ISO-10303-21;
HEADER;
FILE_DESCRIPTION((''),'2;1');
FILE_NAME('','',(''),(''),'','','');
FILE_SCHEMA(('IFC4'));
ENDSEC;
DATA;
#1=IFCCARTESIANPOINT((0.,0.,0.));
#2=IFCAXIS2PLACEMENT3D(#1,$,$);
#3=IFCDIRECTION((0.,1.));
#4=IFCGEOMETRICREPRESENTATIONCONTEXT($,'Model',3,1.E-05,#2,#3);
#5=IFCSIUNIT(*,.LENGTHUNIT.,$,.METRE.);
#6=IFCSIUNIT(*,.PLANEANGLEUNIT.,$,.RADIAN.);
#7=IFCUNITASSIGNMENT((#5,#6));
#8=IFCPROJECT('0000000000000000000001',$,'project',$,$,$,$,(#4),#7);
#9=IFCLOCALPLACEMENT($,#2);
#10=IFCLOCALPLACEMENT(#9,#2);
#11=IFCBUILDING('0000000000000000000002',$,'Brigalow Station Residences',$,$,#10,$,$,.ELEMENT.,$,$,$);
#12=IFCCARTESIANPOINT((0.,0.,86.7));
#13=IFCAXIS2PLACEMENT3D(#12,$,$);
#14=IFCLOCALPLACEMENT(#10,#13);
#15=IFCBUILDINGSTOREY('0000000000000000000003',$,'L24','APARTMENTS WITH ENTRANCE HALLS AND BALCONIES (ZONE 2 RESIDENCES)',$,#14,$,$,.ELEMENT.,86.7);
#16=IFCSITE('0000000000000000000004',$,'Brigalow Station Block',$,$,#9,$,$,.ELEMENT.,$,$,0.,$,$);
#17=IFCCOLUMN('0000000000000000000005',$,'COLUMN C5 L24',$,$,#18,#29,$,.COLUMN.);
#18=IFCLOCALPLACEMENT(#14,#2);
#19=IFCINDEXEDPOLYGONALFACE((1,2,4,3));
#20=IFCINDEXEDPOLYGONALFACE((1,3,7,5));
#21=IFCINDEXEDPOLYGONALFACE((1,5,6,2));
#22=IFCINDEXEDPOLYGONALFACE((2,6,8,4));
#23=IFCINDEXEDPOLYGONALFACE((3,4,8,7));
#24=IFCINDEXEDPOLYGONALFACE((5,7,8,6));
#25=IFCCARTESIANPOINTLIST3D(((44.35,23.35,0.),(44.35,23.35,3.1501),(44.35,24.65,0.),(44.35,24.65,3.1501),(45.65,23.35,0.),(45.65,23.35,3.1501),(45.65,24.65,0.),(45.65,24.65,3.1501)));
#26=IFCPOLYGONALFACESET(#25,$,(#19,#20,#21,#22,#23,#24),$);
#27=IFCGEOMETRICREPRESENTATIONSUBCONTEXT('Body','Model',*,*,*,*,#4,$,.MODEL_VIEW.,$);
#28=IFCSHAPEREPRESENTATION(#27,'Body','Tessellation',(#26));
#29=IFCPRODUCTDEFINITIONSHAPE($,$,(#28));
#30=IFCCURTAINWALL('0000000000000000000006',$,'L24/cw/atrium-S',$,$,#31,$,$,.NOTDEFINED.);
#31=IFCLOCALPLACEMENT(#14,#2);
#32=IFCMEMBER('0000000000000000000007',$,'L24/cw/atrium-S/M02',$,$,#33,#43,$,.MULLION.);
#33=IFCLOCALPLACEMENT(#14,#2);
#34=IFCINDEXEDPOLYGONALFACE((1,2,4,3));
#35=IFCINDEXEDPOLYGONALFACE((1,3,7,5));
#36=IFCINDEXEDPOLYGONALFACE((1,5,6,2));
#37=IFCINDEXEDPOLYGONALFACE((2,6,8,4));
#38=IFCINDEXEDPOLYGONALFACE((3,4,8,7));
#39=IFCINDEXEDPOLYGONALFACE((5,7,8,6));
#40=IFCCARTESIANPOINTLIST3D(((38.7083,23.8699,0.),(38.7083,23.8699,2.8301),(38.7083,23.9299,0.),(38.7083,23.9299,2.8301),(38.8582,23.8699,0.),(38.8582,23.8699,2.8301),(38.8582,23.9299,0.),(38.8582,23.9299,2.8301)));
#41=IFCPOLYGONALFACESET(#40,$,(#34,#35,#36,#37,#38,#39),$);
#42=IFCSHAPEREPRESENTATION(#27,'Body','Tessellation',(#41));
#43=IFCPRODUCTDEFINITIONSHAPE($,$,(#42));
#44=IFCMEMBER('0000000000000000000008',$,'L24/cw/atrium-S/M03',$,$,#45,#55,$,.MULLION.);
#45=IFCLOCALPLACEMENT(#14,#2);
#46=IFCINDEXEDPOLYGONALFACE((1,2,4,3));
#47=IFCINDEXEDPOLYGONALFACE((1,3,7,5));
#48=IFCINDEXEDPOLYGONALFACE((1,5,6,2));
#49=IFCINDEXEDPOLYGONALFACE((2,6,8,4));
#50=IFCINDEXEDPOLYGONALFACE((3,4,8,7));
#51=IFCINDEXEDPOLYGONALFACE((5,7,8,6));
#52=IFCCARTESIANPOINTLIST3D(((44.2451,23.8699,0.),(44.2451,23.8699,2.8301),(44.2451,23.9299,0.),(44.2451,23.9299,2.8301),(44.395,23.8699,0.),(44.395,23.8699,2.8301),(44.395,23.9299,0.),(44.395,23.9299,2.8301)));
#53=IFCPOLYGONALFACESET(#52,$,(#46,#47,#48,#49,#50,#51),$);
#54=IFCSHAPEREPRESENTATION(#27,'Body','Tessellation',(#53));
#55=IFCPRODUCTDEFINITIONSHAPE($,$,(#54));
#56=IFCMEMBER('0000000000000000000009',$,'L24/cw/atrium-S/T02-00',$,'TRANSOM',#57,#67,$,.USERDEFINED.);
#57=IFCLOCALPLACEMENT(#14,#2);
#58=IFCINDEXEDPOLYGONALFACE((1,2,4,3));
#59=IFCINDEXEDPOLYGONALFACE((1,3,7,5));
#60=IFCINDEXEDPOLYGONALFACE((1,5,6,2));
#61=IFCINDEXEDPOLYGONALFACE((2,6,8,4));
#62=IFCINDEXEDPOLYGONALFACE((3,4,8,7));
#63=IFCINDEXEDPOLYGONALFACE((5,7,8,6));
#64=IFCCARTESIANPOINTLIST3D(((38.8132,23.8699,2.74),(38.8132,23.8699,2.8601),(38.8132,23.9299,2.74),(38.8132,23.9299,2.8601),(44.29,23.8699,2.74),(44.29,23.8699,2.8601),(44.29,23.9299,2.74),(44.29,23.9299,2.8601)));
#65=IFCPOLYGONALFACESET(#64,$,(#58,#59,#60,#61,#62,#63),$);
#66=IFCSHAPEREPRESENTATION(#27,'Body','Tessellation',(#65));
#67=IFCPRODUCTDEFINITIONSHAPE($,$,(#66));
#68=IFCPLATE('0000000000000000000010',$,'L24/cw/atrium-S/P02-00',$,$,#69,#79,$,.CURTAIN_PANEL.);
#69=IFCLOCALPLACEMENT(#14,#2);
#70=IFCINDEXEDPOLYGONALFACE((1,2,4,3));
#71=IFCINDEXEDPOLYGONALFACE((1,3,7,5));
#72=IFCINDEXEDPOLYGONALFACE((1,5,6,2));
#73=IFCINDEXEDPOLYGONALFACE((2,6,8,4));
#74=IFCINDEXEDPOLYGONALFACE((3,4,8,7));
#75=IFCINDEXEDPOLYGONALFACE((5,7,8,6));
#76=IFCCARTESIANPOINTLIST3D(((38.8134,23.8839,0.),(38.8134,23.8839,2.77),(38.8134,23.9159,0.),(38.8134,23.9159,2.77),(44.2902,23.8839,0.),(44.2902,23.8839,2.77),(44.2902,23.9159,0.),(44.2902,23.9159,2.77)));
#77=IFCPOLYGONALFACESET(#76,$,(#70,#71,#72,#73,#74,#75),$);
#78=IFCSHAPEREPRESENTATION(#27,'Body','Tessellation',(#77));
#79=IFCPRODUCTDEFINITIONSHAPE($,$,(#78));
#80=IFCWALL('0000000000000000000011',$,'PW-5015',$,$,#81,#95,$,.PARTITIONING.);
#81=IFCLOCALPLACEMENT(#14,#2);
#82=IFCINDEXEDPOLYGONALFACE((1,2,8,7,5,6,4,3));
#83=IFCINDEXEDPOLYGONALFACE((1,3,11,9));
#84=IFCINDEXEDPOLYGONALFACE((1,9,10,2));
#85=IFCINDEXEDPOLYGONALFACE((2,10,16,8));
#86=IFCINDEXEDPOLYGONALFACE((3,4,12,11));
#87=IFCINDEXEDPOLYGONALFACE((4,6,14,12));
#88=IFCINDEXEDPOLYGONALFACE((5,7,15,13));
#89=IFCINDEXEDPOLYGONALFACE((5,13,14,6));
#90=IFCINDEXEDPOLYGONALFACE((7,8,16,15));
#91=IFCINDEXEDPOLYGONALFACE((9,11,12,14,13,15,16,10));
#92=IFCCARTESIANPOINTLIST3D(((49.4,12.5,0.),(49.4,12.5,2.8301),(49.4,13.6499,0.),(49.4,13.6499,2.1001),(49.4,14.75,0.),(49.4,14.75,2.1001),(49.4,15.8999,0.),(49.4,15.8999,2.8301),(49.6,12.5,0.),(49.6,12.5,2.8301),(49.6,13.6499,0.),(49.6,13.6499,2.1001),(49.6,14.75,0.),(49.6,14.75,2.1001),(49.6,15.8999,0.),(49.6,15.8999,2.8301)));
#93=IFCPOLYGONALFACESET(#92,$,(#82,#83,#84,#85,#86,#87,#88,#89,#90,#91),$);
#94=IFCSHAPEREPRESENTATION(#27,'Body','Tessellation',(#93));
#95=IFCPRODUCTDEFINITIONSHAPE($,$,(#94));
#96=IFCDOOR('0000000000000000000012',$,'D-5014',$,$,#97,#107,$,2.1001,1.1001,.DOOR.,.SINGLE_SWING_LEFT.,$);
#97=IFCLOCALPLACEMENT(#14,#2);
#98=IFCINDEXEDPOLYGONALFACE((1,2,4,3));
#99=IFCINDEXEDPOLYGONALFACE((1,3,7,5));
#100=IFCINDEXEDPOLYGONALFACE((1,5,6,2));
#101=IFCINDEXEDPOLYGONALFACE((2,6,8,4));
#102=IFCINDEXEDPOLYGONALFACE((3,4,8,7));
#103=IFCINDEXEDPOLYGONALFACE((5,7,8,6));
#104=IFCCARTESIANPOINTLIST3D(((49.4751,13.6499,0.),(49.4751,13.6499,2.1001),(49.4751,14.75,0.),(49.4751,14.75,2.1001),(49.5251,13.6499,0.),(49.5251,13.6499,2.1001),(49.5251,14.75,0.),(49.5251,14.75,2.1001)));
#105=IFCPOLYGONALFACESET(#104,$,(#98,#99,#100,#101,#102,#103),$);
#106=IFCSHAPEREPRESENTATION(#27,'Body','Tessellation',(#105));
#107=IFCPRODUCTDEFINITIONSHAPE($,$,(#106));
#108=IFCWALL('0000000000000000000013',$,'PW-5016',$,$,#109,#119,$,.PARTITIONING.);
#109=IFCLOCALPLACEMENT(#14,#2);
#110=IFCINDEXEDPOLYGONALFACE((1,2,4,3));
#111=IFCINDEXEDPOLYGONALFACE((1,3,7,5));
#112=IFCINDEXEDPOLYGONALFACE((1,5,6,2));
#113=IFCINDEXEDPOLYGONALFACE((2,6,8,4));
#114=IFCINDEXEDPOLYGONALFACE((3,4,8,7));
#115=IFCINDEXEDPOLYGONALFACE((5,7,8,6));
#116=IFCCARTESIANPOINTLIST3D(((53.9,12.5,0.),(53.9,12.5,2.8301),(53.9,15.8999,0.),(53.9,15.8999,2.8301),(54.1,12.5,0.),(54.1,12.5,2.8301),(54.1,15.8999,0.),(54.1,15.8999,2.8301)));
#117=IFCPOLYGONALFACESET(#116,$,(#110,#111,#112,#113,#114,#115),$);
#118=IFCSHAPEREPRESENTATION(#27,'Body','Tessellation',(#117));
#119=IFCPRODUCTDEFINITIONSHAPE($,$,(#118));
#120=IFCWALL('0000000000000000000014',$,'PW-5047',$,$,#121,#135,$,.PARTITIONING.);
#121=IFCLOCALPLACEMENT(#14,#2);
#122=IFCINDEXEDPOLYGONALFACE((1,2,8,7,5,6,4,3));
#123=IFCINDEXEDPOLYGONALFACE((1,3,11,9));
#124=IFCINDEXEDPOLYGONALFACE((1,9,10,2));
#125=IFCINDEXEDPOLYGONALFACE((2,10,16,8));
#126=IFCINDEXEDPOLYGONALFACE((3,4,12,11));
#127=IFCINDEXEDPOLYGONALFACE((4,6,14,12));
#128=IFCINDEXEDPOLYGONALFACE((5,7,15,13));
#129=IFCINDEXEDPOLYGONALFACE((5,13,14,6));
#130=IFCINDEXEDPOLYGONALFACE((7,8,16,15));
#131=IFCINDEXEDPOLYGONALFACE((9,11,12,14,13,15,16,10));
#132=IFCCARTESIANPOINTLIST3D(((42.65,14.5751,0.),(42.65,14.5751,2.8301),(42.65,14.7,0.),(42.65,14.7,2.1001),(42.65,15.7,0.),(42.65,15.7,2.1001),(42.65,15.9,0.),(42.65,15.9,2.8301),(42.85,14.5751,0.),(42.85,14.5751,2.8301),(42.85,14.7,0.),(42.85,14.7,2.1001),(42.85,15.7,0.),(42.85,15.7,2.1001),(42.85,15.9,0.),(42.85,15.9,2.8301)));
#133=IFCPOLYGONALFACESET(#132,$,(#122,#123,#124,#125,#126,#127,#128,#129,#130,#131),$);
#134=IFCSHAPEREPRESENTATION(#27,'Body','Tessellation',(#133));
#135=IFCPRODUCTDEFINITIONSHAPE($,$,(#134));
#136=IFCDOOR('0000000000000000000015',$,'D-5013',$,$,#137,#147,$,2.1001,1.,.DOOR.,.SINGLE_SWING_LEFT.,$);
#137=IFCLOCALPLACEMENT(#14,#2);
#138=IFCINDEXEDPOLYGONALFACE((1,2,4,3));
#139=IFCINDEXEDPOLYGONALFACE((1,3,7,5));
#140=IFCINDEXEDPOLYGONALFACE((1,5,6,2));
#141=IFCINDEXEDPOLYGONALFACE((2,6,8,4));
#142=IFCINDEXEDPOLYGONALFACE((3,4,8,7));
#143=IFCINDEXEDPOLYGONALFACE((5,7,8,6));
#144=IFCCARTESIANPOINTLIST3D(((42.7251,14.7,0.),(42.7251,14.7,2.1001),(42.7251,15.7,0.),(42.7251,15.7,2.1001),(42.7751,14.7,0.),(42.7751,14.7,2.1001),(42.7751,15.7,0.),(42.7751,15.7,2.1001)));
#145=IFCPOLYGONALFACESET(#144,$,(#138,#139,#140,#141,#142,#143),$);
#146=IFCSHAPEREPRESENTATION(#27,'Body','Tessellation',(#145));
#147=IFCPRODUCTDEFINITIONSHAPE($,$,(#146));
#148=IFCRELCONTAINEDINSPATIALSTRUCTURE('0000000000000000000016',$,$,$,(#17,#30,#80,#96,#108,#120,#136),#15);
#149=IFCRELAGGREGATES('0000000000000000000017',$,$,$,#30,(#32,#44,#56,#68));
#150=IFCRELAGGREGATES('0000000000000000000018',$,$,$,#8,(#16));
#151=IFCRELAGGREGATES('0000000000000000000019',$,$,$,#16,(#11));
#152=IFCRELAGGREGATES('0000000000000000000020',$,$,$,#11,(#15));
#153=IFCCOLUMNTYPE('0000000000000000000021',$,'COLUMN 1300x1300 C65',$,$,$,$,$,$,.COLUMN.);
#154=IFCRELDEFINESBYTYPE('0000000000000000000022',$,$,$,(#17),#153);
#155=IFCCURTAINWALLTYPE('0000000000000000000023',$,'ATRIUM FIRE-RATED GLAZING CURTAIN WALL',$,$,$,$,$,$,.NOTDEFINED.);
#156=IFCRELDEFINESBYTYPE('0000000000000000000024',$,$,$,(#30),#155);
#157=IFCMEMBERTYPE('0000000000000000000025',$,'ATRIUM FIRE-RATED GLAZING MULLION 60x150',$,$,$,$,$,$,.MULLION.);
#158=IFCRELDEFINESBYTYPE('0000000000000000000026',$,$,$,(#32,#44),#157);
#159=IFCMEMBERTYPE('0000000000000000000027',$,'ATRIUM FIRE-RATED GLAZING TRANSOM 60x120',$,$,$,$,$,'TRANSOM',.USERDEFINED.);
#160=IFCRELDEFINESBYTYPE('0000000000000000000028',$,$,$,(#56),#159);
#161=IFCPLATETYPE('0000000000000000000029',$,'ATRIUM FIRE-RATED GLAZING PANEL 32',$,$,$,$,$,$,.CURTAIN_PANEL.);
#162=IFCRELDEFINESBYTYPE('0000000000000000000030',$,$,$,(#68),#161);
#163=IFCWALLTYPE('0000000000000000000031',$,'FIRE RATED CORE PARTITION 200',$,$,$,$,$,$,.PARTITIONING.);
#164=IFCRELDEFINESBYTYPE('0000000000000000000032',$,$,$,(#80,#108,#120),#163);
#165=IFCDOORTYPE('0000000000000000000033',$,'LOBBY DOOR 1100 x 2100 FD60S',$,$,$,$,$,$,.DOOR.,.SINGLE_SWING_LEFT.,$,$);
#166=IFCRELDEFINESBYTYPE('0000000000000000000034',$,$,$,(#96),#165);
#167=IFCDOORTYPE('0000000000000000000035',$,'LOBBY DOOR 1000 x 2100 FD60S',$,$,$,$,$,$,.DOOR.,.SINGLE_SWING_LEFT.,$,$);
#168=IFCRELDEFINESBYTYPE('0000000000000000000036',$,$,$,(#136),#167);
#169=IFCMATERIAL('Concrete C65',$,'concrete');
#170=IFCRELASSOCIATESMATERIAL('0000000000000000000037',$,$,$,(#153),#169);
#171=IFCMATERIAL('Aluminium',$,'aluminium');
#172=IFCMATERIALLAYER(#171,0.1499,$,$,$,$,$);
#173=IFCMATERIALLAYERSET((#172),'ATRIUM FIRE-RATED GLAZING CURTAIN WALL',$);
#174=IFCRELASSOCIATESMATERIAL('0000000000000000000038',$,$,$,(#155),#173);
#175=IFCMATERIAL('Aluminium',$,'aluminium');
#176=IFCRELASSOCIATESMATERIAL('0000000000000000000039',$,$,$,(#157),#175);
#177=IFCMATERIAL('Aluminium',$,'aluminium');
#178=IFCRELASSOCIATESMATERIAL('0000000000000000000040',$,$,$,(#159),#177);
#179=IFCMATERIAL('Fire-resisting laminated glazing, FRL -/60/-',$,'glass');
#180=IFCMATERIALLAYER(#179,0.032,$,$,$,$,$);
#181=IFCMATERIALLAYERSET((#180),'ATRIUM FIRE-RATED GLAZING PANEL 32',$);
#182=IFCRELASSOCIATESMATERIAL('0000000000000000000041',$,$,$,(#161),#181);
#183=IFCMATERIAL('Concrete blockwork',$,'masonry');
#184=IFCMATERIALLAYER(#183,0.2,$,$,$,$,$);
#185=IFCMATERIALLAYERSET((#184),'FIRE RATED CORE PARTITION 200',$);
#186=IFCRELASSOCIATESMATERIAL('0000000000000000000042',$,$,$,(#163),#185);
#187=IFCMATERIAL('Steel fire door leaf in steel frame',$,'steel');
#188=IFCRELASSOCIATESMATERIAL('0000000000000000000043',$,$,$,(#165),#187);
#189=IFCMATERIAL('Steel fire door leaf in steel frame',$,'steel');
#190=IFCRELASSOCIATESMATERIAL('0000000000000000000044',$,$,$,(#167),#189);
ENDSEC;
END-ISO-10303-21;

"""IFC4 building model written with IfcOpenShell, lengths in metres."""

from ifc_helpers import new_model, si_unit, direction, frame, frame_2d, origin, origin_2d, place, context, subcontext, project, spatial, rectangle, extrude, material, layer, layer_set, material_profile, profile_set, type_object, element, fill, aggregate, save


model = new_model("IFC4")

# Units and contexts
model_context = context("Model", 3, precision=1e-05, world=origin(), true_north=direction((0.0, 1.0)))
body_context = subcontext(model_context, "Body", "Model", "MODEL_VIEW")
ifc_project = project(units=[si_unit("LENGTHUNIT", "METRE"), si_unit("PLANEANGLEUNIT", "RADIAN")], contexts=[model_context])

# Site, building, storey
site_placement = place(None, origin())
site = spatial("IfcSite", under=ifc_project, at=site_placement, Name="Brigalow Station Block", CompositionType="ELEMENT", RefElevation=0.0)
building_placement = place(site_placement, origin())
building = spatial("IfcBuilding", under=site, at=building_placement, Name="Brigalow Station Residences", CompositionType="ELEMENT")
storey_placement = place(building_placement, frame((0.0, 0.0, 86.7)))
storey = spatial("IfcBuildingStorey", under=building, at=storey_placement, Name="L24", Description="APARTMENTS WITH ENTRANCE HALLS AND BALCONIES (ZONE 2 RESIDENCES)", CompositionType="ELEMENT", Elevation=86.7)

# Column
ifc_material_1 = material(Name="Concrete C65", Category="concrete")
ifc_material_profile_1 = material_profile(ifc_material_1, rectangle(XDim=1.3, YDim=1.3, at=origin_2d()), Name="RC1300x1300")
ifc_profile_set_1 = profile_set([ifc_material_profile_1], Name="Concrete C65")
column_type = type_object("IfcColumnType", Name="COLUMN 1300x1300 C65", PredefinedType="COLUMN", material=ifc_profile_set_1)
column_placement = place(storey_placement, frame((45.0, 24.0, 0.0), z_axis=(0.0, 0.0, 1.0), x_axis=(1.0, 0.0, 0.0)))
element("IfcColumn", 1, at=column_placement, inside=storey, type_object=column_type, Name="COLUMN C5 L24", PredefinedType="COLUMN", context=body_context, shape_type="SweptSolid", body=[
    extrude(rectangle(XDim=1.3, YDim=1.3, at=origin_2d()), origin(), (0.0, 0.0, 1.0), 3.1501),
])

# Curtain wall, members, plate
ifc_material_2 = material(Name="Aluminium", Category="aluminium")
ifc_layer_1 = layer(ifc_material_2, 0.1499)
ifc_layer_set_1 = layer_set([ifc_layer_1], Name="ATRIUM FIRE-RATED GLAZING CURTAIN WALL")
curtain_wall_type = type_object("IfcCurtainWallType", Name="ATRIUM FIRE-RATED GLAZING CURTAIN WALL", PredefinedType="NOTDEFINED", material=ifc_layer_set_1)
curtain_wall_placement = place(storey_placement, origin())
curtain_wall = element("IfcCurtainWall", 2, at=curtain_wall_placement, inside=storey, type_object=curtain_wall_type, Name="L24/cw/atrium-S", PredefinedType="NOTDEFINED")
ifc_material_3 = material(Name="Aluminium", Category="aluminium")
ifc_material_profile_2 = material_profile(ifc_material_3, rectangle(XDim=0.0601, YDim=0.1499, at=origin_2d()), Name="ATRIUM FIRE-RATED GLAZING MULLION 60x150")
ifc_profile_set_2 = profile_set([ifc_material_profile_2], Name="Aluminium")
member_type_1 = type_object("IfcMemberType", Name="ATRIUM FIRE-RATED GLAZING MULLION 60x150", PredefinedType="MULLION", material=ifc_profile_set_2)
member_1_placement = place(storey_placement, frame((38.7832, 23.8999, 0.0), z_axis=(0.0, 0.0, 1.0), x_axis=(0.0, 1.0, 0.0)))
member_1 = element("IfcMember", 3, at=member_1_placement, type_object=member_type_1, Name="L24/cw/atrium-S/M02", PredefinedType="MULLION", context=body_context, shape_type="SweptSolid", body=[
    extrude(rectangle(XDim=0.0601, YDim=0.1499, at=origin_2d()), origin(), (0.0, 0.0, 1.0), 2.8301),
])
member_2_placement = place(storey_placement, frame((44.3201, 23.8999, 0.0), z_axis=(0.0, 0.0, 1.0), x_axis=(0.0, 1.0, 0.0)))
member_2 = element("IfcMember", 4, at=member_2_placement, type_object=member_type_1, Name="L24/cw/atrium-S/M03", PredefinedType="MULLION", context=body_context, shape_type="SweptSolid", body=[
    extrude(rectangle(XDim=0.0601, YDim=0.1499, at=origin_2d()), origin(), (0.0, 0.0, 1.0), 2.8301),
])
ifc_material_4 = material(Name="Aluminium", Category="aluminium")
ifc_material_profile_3 = material_profile(ifc_material_4, rectangle(XDim=0.0601, YDim=0.1201, at=origin_2d()), Name="ATRIUM FIRE-RATED GLAZING TRANSOM 60x120")
ifc_profile_set_3 = profile_set([ifc_material_profile_3], Name="Aluminium")
member_type_2 = type_object("IfcMemberType", Name="ATRIUM FIRE-RATED GLAZING TRANSOM 60x120", ElementType="TRANSOM", PredefinedType="USERDEFINED", material=ifc_profile_set_3)
member_3_placement = place(storey_placement, frame((38.8132, 23.8999, 2.8), z_axis=(1.0, 0.0, 0.0), x_axis=(0.0, 1.0, 0.0)))
member_3 = element("IfcMember", 5, at=member_3_placement, type_object=member_type_2, Name="L24/cw/atrium-S/T02-00", ObjectType="TRANSOM", PredefinedType="USERDEFINED", context=body_context, shape_type="SweptSolid", body=[
    extrude(rectangle(XDim=0.0601, YDim=0.1201, at=origin_2d()), origin(), (0.0, 0.0, 1.0), 5.4768),
])
ifc_material_5 = material(Name="Fire-resisting laminated glazing, FRL -/60/-", Category="glass")
ifc_layer_2 = layer(ifc_material_5, 0.032)
ifc_layer_set_2 = layer_set([ifc_layer_2], Name="ATRIUM FIRE-RATED GLAZING PANEL 32")
plate_type = type_object("IfcPlateType", Name="ATRIUM FIRE-RATED GLAZING PANEL 32", PredefinedType="CURTAIN_PANEL", material=ifc_layer_set_2)
plate_placement = place(storey_placement, frame((41.5518, 23.8999, 0.0), z_axis=(0.0, 0.0, 1.0), x_axis=(1.0, 0.0, 0.0)))
plate = element("IfcPlate", 6, at=plate_placement, type_object=plate_type, Name="L24/cw/atrium-S/P02-00", PredefinedType="CURTAIN_PANEL", context=body_context, shape_type="SweptSolid", body=[
    extrude(rectangle(XDim=5.4768, YDim=0.032, at=origin_2d()), origin(), (0.0, 0.0, 1.0), 2.77),
])
aggregate(curtain_wall, [member_1, member_2, member_3, plate])

# Wall, opening, door
ifc_material_6 = material(Name="Concrete blockwork", Category="masonry")
ifc_layer_3 = layer(ifc_material_6, 0.2)
ifc_layer_set_3 = layer_set([ifc_layer_3], Name="FIRE RATED CORE PARTITION 200")
wall_type_1 = type_object("IfcWallType", Name="FIRE RATED CORE PARTITION 200", PredefinedType="PARTITIONING", material=ifc_layer_set_3)
wall_1_placement = place(storey_placement, frame((49.5, 12.5, 0.0), z_axis=(0.0, 0.0, 1.0), x_axis=(0.0, 1.0, 0.0)))
wall_1 = element("IfcWall", 7, at=wall_1_placement, inside=storey, type_object=wall_type_1, Name="PW-5015", PredefinedType="PARTITIONING", context=body_context, shape_type="SweptSolid", body=[
    extrude(rectangle(XDim=3.3999, YDim=0.2, at=frame_2d((1.7, 0.0))), origin(), (0.0, 0.0, 1.0), 2.8301),
])
opening_1_placement = place(wall_1_placement, frame((1.1499, 0.0, 0.0)))
opening_1 = element("IfcOpeningElement", 8, at=opening_1_placement, cuts=wall_1, PredefinedType="OPENING", context=body_context, shape_type="SweptSolid", body=[
    extrude(rectangle(XDim=1.1001, YDim=2.1001, at=frame_2d((0.55, 1.05))), frame((0.0, 0.1099, 0.0), z_axis=(0.0, -1.0, 0.0), x_axis=(1.0, 0.0, 0.0)), (0.0, 0.0, 1.0), 0.22),
])
ifc_material_7 = material(Name="Steel fire door leaf in steel frame", Category="steel")
door_type_1 = type_object("IfcDoorType", Name="LOBBY DOOR 1100 x 2100 FD60S", OperationType="SINGLE_SWING_LEFT", PredefinedType="DOOR", material=ifc_material_7)
door_1_placement = place(opening_1_placement, origin())
door_1 = element("IfcDoor", 9, at=door_1_placement, inside=storey, type_object=door_type_1, Name="D-5014", OperationType="SINGLE_SWING_LEFT", OverallHeight=2.1001, OverallWidth=1.1001, PredefinedType="DOOR", context=body_context, shape_type="SweptSolid", body=[
    extrude(rectangle(XDim=1.1001, YDim=2.1001, at=frame_2d((0.55, 1.05))), frame((0.0, 0.0249, 0.0), z_axis=(0.0, -1.0, 0.0), x_axis=(1.0, 0.0, 0.0)), (0.0, 0.0, 1.0), 0.05),
])
fill(opening_1, door_1)

# Wall
wall_2_placement = place(storey_placement, frame((54.0, 12.5, 0.0), z_axis=(0.0, 0.0, 1.0), x_axis=(0.0, 1.0, 0.0)))
element("IfcWall", 10, at=wall_2_placement, inside=storey, type_object=wall_type_1, Name="PW-5016", PredefinedType="PARTITIONING", context=body_context, shape_type="SweptSolid", body=[
    extrude(rectangle(XDim=3.3999, YDim=0.2, at=frame_2d((1.7, 0.0))), origin(), (0.0, 0.0, 1.0), 2.8301),
])

# Wall, opening, door
wall_3_placement = place(storey_placement, frame((42.75, 14.575, 0.0), z_axis=(0.0, 0.0, 1.0), x_axis=(0.0, 1.0, 0.0)))
wall_3 = element("IfcWall", 11, at=wall_3_placement, inside=storey, type_object=wall_type_1, Name="PW-5047", PredefinedType="PARTITIONING", context=body_context, shape_type="SweptSolid", body=[
    extrude(rectangle(XDim=1.325, YDim=0.2, at=frame_2d((0.6626, 0.0))), origin(), (0.0, 0.0, 1.0), 2.8301),
])
opening_2_placement = place(wall_3_placement, frame((0.125, 0.0, 0.0)))
opening_2 = element("IfcOpeningElement", 12, at=opening_2_placement, cuts=wall_3, PredefinedType="OPENING", context=body_context, shape_type="SweptSolid", body=[
    extrude(rectangle(XDim=1.0, YDim=2.1001, at=frame_2d((0.5, 1.05))), frame((0.0, 0.1099, 0.0), z_axis=(0.0, -1.0, 0.0), x_axis=(1.0, 0.0, 0.0)), (0.0, 0.0, 1.0), 0.22),
])
ifc_material_8 = material(Name="Steel fire door leaf in steel frame", Category="steel")
door_type_2 = type_object("IfcDoorType", Name="LOBBY DOOR 1000 x 2100 FD60S", OperationType="SINGLE_SWING_LEFT", PredefinedType="DOOR", material=ifc_material_8)
door_2_placement = place(opening_2_placement, origin())
door_2 = element("IfcDoor", 13, at=door_2_placement, inside=storey, type_object=door_type_2, Name="D-5013", OperationType="SINGLE_SWING_LEFT", OverallHeight=2.1001, OverallWidth=1.0, PredefinedType="DOOR", context=body_context, shape_type="SweptSolid", body=[
    extrude(rectangle(XDim=1.0, YDim=2.1001, at=frame_2d((0.5, 1.05))), frame((0.0, 0.0249, 0.0), z_axis=(0.0, -1.0, 0.0), x_axis=(1.0, 0.0, 0.0)), (0.0, 0.0, 1.0), 0.05),
])
fill(opening_2, door_2)

save(model, "model.ifc")
